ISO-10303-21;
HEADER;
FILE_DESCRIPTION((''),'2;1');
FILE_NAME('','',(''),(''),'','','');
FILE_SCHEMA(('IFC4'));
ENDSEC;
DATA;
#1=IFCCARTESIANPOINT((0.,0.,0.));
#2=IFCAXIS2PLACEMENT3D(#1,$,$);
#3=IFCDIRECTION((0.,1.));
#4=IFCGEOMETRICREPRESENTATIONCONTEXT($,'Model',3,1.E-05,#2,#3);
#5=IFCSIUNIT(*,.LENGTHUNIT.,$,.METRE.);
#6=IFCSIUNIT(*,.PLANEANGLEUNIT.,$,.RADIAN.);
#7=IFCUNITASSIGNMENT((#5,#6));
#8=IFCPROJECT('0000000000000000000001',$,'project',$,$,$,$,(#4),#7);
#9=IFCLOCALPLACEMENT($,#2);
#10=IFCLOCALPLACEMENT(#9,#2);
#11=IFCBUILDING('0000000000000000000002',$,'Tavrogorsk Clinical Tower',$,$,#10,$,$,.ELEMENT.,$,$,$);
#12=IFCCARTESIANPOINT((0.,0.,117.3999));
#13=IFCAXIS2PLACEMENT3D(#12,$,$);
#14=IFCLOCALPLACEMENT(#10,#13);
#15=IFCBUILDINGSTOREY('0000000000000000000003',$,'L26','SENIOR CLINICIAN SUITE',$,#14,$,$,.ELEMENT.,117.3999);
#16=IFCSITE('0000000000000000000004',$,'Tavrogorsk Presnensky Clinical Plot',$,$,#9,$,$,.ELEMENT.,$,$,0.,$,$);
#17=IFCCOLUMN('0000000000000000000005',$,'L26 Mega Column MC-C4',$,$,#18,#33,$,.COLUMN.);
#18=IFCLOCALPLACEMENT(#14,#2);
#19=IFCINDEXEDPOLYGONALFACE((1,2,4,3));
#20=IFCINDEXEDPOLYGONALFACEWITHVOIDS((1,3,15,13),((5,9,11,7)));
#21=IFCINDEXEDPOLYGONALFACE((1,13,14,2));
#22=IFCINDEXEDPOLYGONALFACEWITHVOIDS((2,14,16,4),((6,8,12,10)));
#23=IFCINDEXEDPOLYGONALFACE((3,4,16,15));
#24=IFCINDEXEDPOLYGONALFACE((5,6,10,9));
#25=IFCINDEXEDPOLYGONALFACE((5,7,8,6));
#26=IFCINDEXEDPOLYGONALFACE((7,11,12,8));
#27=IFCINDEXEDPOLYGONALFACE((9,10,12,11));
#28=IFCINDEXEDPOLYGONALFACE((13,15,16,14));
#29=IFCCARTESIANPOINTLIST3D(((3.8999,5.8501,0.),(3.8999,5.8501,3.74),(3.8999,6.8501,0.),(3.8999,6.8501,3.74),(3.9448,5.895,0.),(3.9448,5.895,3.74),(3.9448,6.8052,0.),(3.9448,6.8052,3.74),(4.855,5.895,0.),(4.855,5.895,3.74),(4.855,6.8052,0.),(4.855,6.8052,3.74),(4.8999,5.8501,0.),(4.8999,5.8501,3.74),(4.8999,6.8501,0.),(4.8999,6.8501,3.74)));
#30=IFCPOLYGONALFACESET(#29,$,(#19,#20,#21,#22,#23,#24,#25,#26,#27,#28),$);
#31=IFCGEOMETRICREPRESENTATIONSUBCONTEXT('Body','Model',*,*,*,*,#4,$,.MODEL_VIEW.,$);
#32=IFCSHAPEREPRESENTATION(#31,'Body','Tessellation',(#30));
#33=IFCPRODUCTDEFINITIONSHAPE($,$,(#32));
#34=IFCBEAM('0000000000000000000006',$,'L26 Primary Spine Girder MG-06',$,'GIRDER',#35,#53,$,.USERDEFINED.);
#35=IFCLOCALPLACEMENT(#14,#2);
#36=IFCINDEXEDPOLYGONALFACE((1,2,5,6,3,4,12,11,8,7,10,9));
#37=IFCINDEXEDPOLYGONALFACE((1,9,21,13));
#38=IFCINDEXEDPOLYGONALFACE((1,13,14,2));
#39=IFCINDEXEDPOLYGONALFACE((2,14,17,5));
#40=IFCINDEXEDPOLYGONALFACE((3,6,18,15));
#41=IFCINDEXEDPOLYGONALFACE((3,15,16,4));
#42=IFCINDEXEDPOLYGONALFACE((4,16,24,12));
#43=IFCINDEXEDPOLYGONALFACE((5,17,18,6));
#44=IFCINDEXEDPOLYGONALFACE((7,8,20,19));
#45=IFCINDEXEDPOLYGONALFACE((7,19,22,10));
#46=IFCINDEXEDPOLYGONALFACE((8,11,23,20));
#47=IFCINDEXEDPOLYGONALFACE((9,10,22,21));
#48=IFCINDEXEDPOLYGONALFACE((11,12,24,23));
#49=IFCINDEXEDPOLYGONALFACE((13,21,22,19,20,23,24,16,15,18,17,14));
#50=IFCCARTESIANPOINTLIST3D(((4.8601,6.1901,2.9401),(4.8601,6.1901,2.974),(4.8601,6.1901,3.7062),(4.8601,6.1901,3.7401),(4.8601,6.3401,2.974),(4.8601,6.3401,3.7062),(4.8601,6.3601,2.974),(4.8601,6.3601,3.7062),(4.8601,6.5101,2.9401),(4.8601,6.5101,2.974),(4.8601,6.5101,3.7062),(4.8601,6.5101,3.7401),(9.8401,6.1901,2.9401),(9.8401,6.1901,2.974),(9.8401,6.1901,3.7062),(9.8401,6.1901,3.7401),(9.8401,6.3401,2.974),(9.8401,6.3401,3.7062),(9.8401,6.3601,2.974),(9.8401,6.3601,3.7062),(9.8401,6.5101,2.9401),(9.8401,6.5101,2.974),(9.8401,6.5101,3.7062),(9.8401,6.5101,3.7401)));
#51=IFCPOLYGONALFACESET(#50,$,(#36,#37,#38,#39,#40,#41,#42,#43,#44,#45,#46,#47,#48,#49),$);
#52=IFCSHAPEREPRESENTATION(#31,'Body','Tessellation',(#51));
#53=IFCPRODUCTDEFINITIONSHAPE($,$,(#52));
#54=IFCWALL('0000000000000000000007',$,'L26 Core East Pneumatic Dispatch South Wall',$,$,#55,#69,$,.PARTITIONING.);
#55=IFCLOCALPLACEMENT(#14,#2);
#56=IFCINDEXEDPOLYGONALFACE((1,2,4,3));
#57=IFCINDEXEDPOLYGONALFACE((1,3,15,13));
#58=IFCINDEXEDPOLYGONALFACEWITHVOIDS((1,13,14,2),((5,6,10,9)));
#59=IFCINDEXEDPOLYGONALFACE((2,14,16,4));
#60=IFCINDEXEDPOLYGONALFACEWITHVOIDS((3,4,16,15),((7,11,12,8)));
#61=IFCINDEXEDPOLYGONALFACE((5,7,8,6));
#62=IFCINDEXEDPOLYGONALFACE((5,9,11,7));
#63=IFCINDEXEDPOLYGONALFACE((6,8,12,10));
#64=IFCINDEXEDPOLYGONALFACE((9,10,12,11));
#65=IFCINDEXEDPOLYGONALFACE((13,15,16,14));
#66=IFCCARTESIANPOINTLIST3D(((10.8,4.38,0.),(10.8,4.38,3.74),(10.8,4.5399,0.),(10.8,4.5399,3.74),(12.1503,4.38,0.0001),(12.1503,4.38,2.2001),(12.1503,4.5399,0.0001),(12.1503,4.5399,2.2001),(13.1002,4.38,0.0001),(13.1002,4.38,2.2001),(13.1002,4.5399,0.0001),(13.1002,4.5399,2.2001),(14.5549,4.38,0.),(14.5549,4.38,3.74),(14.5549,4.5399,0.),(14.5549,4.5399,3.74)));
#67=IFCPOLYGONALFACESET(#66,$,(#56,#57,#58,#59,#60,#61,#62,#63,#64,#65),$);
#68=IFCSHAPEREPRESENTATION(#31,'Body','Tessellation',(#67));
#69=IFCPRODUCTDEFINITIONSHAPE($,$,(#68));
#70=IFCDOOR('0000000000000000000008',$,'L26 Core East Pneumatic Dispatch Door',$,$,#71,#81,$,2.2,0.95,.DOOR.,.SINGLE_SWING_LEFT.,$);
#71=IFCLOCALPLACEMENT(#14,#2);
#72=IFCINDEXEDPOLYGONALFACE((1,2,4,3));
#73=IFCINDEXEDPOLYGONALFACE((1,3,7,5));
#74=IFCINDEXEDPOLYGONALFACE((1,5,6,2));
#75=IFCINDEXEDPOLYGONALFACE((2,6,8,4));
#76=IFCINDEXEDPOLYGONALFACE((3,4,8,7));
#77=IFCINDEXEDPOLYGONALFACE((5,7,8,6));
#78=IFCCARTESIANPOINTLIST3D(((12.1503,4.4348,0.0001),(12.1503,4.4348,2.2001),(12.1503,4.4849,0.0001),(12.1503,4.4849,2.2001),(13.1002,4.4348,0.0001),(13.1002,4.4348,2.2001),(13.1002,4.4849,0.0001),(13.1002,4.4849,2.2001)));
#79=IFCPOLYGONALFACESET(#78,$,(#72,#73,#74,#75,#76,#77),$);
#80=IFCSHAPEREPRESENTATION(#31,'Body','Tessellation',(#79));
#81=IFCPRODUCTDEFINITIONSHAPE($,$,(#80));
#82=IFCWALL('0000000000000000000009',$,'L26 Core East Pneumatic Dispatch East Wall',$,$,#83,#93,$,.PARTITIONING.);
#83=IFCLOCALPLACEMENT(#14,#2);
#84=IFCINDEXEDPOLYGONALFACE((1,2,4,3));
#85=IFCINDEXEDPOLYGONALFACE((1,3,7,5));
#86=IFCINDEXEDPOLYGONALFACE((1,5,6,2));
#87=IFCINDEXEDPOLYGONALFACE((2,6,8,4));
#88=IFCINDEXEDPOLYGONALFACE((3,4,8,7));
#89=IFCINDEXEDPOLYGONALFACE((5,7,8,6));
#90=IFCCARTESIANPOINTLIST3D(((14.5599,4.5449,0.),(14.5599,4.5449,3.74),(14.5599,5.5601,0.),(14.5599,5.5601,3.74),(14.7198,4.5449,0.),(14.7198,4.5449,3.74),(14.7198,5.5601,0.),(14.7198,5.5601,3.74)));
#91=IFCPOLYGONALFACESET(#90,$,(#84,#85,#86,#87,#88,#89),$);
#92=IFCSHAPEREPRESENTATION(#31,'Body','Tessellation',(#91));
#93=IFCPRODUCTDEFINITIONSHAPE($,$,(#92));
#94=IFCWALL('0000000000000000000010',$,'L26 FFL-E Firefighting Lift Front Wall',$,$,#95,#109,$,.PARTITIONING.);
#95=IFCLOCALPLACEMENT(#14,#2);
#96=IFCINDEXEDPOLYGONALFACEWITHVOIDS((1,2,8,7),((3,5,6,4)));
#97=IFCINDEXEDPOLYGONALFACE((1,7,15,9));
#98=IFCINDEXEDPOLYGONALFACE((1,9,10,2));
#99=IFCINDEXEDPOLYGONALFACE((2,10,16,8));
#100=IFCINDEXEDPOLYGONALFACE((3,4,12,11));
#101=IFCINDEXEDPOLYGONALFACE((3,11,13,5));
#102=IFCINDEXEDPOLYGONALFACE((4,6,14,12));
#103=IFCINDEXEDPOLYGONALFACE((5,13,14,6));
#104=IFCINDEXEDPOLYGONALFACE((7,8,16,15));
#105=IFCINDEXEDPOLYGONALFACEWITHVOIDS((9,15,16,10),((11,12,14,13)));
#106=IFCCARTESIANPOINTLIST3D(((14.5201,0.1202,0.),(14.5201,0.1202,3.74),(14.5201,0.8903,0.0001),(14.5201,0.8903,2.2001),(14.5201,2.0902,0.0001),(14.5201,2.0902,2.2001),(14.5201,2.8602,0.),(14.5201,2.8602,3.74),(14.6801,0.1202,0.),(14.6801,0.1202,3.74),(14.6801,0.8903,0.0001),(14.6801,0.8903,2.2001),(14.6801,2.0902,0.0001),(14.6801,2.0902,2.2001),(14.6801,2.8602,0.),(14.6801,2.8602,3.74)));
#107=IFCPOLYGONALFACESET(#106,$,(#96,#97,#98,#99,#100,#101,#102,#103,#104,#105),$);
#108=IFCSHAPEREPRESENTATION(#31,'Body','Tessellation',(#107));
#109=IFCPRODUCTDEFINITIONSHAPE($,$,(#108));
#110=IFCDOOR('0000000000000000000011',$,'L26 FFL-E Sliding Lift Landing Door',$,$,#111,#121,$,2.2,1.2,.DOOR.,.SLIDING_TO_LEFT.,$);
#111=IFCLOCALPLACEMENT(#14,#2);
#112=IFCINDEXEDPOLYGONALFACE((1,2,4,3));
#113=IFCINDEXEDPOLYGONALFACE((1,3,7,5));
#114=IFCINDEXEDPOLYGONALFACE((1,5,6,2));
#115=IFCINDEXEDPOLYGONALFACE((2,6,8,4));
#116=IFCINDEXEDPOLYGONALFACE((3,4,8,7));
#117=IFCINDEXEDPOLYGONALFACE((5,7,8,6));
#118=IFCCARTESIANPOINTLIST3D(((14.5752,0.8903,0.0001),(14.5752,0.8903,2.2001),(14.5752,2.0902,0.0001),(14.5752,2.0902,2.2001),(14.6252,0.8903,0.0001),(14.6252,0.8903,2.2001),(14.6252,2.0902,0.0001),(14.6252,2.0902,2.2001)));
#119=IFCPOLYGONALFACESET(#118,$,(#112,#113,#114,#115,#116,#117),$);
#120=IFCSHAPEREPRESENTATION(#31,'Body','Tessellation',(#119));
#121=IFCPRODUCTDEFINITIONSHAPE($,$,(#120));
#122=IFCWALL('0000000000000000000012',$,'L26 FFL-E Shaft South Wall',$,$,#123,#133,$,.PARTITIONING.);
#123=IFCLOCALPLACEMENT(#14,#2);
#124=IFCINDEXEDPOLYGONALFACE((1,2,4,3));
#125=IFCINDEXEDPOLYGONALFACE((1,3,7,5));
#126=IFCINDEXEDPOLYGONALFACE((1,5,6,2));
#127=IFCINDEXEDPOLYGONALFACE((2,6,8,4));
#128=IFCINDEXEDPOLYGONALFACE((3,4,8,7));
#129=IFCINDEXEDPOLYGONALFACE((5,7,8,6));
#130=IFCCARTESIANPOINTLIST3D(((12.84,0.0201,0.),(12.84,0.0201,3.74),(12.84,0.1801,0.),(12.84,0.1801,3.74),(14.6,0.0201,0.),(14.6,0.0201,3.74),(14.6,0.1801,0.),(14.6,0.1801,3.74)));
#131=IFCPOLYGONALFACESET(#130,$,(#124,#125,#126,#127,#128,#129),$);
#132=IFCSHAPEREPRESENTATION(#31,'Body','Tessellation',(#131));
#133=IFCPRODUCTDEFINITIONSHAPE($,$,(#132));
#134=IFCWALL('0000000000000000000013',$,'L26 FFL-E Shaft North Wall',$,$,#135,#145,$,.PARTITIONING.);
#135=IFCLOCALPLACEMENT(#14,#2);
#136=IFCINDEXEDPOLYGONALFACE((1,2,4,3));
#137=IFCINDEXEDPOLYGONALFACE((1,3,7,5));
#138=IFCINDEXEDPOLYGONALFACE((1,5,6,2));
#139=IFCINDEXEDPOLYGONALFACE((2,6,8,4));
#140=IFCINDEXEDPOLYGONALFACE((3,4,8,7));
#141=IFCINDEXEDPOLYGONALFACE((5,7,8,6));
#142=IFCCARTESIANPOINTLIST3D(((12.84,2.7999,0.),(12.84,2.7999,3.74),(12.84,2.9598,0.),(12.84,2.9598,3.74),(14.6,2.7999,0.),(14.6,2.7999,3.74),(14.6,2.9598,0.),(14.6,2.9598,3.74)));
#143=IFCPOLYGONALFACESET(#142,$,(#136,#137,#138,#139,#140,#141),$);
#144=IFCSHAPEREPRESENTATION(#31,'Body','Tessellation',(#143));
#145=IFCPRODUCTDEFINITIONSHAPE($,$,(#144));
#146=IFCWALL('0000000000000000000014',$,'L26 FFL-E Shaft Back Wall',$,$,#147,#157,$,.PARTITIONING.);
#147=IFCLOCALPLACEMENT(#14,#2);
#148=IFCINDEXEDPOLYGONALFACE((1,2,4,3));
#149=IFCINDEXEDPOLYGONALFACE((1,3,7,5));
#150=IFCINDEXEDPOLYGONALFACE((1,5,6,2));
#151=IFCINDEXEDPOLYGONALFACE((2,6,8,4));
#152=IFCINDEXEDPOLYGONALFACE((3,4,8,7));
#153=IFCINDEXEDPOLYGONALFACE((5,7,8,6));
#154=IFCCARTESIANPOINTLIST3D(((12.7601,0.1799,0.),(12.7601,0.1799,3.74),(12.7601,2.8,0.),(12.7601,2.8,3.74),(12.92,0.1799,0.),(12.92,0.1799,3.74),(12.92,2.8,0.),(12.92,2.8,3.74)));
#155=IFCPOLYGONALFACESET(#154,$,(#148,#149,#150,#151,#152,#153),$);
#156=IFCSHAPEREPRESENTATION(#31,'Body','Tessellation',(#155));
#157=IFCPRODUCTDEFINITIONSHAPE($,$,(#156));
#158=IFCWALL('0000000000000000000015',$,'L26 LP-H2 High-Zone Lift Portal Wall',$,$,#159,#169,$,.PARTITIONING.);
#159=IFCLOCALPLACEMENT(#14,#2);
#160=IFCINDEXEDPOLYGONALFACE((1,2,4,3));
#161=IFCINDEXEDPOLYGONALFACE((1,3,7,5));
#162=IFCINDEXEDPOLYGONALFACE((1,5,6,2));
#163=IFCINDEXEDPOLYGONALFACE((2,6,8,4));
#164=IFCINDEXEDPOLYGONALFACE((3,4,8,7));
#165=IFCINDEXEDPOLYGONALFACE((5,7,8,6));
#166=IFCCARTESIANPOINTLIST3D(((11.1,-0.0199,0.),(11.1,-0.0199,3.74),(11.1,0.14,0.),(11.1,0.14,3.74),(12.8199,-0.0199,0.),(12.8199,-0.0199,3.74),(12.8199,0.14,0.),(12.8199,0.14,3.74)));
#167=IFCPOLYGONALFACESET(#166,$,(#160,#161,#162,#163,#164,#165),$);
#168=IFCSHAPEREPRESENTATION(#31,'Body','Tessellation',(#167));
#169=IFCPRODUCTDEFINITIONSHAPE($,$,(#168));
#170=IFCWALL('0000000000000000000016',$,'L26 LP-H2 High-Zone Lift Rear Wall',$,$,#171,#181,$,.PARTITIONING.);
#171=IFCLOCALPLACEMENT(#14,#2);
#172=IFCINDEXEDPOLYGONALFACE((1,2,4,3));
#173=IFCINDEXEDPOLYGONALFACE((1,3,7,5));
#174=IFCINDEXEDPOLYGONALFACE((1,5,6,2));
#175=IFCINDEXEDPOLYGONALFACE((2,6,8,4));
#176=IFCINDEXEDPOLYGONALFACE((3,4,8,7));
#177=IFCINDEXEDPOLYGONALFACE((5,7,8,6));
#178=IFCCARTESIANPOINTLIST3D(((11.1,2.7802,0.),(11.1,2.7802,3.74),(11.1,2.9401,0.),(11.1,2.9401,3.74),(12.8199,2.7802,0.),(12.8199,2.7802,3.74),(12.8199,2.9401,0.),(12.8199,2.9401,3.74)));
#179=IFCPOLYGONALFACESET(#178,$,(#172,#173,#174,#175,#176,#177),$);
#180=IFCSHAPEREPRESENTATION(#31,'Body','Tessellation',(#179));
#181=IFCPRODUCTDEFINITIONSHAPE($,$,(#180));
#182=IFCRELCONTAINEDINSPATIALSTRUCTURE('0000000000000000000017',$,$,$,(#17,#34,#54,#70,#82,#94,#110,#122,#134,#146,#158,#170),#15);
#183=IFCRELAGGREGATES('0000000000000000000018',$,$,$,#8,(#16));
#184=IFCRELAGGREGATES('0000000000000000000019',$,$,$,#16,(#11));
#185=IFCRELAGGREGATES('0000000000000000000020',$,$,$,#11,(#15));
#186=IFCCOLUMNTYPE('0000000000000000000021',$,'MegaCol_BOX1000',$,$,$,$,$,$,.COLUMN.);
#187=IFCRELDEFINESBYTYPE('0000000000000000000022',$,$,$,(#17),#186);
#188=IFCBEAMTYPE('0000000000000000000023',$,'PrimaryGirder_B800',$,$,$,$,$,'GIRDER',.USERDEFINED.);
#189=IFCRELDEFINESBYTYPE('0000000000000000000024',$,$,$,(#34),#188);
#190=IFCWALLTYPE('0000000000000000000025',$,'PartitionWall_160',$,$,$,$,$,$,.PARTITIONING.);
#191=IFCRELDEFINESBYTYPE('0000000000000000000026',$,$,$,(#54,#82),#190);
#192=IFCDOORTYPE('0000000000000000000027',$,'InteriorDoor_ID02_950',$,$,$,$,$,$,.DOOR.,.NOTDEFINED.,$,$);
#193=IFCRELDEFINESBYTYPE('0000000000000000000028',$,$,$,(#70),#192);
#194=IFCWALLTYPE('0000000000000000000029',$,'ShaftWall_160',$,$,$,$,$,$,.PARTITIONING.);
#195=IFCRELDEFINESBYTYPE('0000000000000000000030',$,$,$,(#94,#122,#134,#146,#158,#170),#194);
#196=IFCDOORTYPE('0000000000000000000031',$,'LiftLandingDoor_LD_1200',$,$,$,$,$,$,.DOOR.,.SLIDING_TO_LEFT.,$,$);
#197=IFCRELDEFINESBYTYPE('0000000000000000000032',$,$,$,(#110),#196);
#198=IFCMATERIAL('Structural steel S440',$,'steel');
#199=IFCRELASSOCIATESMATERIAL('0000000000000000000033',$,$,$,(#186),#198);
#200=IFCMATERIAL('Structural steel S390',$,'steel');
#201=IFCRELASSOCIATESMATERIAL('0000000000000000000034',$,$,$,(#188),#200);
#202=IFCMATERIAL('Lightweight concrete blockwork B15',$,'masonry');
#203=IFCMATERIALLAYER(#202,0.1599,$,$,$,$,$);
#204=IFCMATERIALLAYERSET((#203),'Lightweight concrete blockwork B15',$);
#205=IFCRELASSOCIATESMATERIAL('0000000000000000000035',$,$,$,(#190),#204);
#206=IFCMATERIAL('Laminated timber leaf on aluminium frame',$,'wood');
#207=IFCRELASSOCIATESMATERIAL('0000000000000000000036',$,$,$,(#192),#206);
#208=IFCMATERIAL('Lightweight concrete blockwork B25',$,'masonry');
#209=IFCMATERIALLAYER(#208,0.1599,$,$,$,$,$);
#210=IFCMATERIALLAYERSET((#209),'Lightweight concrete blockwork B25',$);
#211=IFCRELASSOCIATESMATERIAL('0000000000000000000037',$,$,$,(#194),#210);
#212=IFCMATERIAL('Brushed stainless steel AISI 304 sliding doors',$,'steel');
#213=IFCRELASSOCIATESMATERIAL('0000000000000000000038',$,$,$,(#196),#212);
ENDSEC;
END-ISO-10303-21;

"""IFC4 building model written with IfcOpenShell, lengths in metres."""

from ifc_helpers import new_model, si_unit, direction, frame, frame_2d, origin, origin_2d, place, context, subcontext, project, spatial, rectangle, hollow_rectangle, i_section, extrude, material, layer, layer_set, material_profile, profile_set, type_object, element, fill, save


model = new_model("IFC4")

# Units and contexts
model_context = context("Model", 3, precision=1e-05, world=origin(), true_north=direction((0.0, 1.0)))
body_context = subcontext(model_context, "Body", "Model", "MODEL_VIEW")
ifc_project = project(units=[si_unit("LENGTHUNIT", "METRE"), si_unit("PLANEANGLEUNIT", "RADIAN")], contexts=[model_context])

# Site, building, storey
site_placement = place(None, origin())
site = spatial("IfcSite", under=ifc_project, at=site_placement, Name="Tavrogorsk Presnensky Clinical Plot", CompositionType="ELEMENT", RefElevation=0.0)
building_placement = place(site_placement, origin())
building = spatial("IfcBuilding", under=site, at=building_placement, Name="Tavrogorsk Clinical Tower", CompositionType="ELEMENT")
storey_placement = place(building_placement, frame((0.0, 0.0, 117.3999)))
storey = spatial("IfcBuildingStorey", under=building, at=storey_placement, Name="L26", Description="SENIOR CLINICIAN SUITE", CompositionType="ELEMENT", Elevation=117.3999)

# Column
ifc_material_1 = material(Name="Structural steel S440", Category="steel")
ifc_material_profile_1 = material_profile(ifc_material_1, hollow_rectangle(XDim=1.0, YDim=1.0, WallThickness=0.0449, at=origin_2d()), Name="BOX-1000x1000x45")
ifc_profile_set_1 = profile_set([ifc_material_profile_1], Name="Structural steel S440")
column_type = type_object("IfcColumnType", Name="MegaCol_BOX1000", PredefinedType="COLUMN", material=ifc_profile_set_1)
column_placement = place(storey_placement, frame((4.3999, 6.3501, 0.0), z_axis=(0.0, 0.0, 1.0), x_axis=(1.0, 0.0, 0.0)))
element("IfcColumn", 1, at=column_placement, inside=storey, type_object=column_type, Name="L26 Mega Column MC-C4", PredefinedType="COLUMN", context=body_context, shape_type="SweptSolid", body=[
    extrude(hollow_rectangle(XDim=1.0, YDim=1.0, WallThickness=0.0449, at=origin_2d()), origin(), (0.0, 0.0, 1.0), 3.74),
])

# Beam
ifc_material_2 = material(Name="Structural steel S390", Category="steel")
ifc_material_profile_2 = material_profile(ifc_material_2, i_section(OverallWidth=0.3201, OverallDepth=0.8, WebThickness=0.02, FlangeThickness=0.0339, at=origin_2d()), Name="B-800x320x20x34")
ifc_profile_set_2 = profile_set([ifc_material_profile_2], Name="Structural steel S390")
beam_type = type_object("IfcBeamType", Name="PrimaryGirder_B800", ElementType="GIRDER", PredefinedType="USERDEFINED", material=ifc_profile_set_2)
beam_placement = place(storey_placement, frame((4.8601, 6.3501, 3.3401), z_axis=(1.0, 0.0, 0.0), x_axis=(0.0, 1.0, 0.0)))
element("IfcBeam", 2, at=beam_placement, inside=storey, type_object=beam_type, Name="L26 Primary Spine Girder MG-06", ObjectType="GIRDER", PredefinedType="USERDEFINED", context=body_context, shape_type="SweptSolid", body=[
    extrude(i_section(OverallWidth=0.3201, OverallDepth=0.8, WebThickness=0.02, FlangeThickness=0.0339, at=origin_2d()), origin(), (0.0, 0.0, 1.0), 4.98),
])

# Wall, opening, door
ifc_material_3 = material(Name="Lightweight concrete blockwork B15", Category="masonry")
ifc_layer_1 = layer(ifc_material_3, 0.1599)
ifc_layer_set_1 = layer_set([ifc_layer_1], Name="Lightweight concrete blockwork B15")
wall_type_1 = type_object("IfcWallType", Name="PartitionWall_160", PredefinedType="PARTITIONING", material=ifc_layer_set_1)
wall_1_placement = place(storey_placement, frame((10.8, 4.46, 0.0), z_axis=(0.0, 0.0, 1.0), x_axis=(1.0, 0.0, 0.0)))
wall_1 = element("IfcWall", 3, at=wall_1_placement, inside=storey, type_object=wall_type_1, Name="L26 Core East Pneumatic Dispatch South Wall", PredefinedType="PARTITIONING", context=body_context, shape_type="SweptSolid", body=[
    extrude(rectangle(XDim=3.7549, YDim=0.1599, at=frame_2d((1.8774, 0.0))), origin(), (0.0, 0.0, 1.0), 3.74),
])
opening_1_placement = place(wall_1_placement, frame((1.3501, 0.0, 0.0)))
opening_1 = element("IfcOpeningElement", 4, at=opening_1_placement, cuts=wall_1, PredefinedType="OPENING", context=body_context, shape_type="SweptSolid", body=[
    extrude(rectangle(XDim=0.95, YDim=2.2, at=frame_2d((0.4751, 1.1001))), frame((0.0, 0.0898, 0.0), z_axis=(0.0, -1.0, 0.0), x_axis=(1.0, 0.0, 0.0)), (0.0, 0.0, 1.0), 0.1799),
])
ifc_material_4 = material(Name="Laminated timber leaf on aluminium frame", Category="wood")
door_type_1 = type_object("IfcDoorType", Name="InteriorDoor_ID02_950", OperationType="NOTDEFINED", PredefinedType="DOOR", material=ifc_material_4)
door_1_placement = place(opening_1_placement, origin())
door_1 = element("IfcDoor", 5, at=door_1_placement, inside=storey, type_object=door_type_1, Name="L26 Core East Pneumatic Dispatch Door", OperationType="SINGLE_SWING_LEFT", OverallHeight=2.2, OverallWidth=0.95, PredefinedType="DOOR", context=body_context, shape_type="SweptSolid", body=[
    extrude(rectangle(XDim=0.95, YDim=2.2, at=frame_2d((0.4751, 1.1001))), frame((0.0, 0.0249, 0.0), z_axis=(0.0, -1.0, 0.0), x_axis=(1.0, 0.0, 0.0)), (0.0, 0.0, 1.0), 0.05),
])
fill(opening_1, door_1)

# Wall
wall_2_placement = place(storey_placement, frame((14.6399, 4.5449, 0.0), z_axis=(0.0, 0.0, 1.0), x_axis=(0.0, 1.0, 0.0)))
element("IfcWall", 6, at=wall_2_placement, inside=storey, type_object=wall_type_1, Name="L26 Core East Pneumatic Dispatch East Wall", PredefinedType="PARTITIONING", context=body_context, shape_type="SweptSolid", body=[
    extrude(rectangle(XDim=1.0151, YDim=0.1599, at=frame_2d((0.5076, 0.0))), origin(), (0.0, 0.0, 1.0), 3.74),
])

# Wall, opening, door
ifc_material_5 = material(Name="Lightweight concrete blockwork B25", Category="masonry")
ifc_layer_2 = layer(ifc_material_5, 0.1599)
ifc_layer_set_2 = layer_set([ifc_layer_2], Name="Lightweight concrete blockwork B25")
wall_type_2 = type_object("IfcWallType", Name="ShaftWall_160", PredefinedType="PARTITIONING", material=ifc_layer_set_2)
wall_3_placement = place(storey_placement, frame((14.6001, 0.1201, 0.0), z_axis=(0.0, 0.0, 1.0), x_axis=(0.0, 1.0, 0.0)))
wall_3 = element("IfcWall", 7, at=wall_3_placement, inside=storey, type_object=wall_type_2, Name="L26 FFL-E Firefighting Lift Front Wall", PredefinedType="PARTITIONING", context=body_context, shape_type="SweptSolid", body=[
    extrude(rectangle(XDim=2.74, YDim=0.1599, at=frame_2d((1.3701, 0.0))), origin(), (0.0, 0.0, 1.0), 3.74),
])
opening_2_placement = place(wall_3_placement, frame((0.77, 0.0, 0.0)))
opening_2 = element("IfcOpeningElement", 8, at=opening_2_placement, cuts=wall_3, PredefinedType="OPENING", context=body_context, shape_type="SweptSolid", body=[
    extrude(rectangle(XDim=1.2, YDim=2.2, at=frame_2d((0.6001, 1.1001))), frame((0.0, 0.0898, 0.0), z_axis=(0.0, -1.0, 0.0), x_axis=(1.0, 0.0, 0.0)), (0.0, 0.0, 1.0), 0.1799),
])
ifc_material_6 = material(Name="Brushed stainless steel AISI 304 sliding doors", Category="steel")
door_type_2 = type_object("IfcDoorType", Name="LiftLandingDoor_LD_1200", OperationType="SLIDING_TO_LEFT", PredefinedType="DOOR", material=ifc_material_6)
door_2_placement = place(opening_2_placement, origin())
door_2 = element("IfcDoor", 9, at=door_2_placement, inside=storey, type_object=door_type_2, Name="L26 FFL-E Sliding Lift Landing Door", OperationType="SLIDING_TO_LEFT", OverallHeight=2.2, OverallWidth=1.2, PredefinedType="DOOR", context=body_context, shape_type="SweptSolid", body=[
    extrude(rectangle(XDim=1.2, YDim=2.2, at=frame_2d((0.6001, 1.1001))), frame((0.0, 0.0249, 0.0), z_axis=(0.0, -1.0, 0.0), x_axis=(1.0, 0.0, 0.0)), (0.0, 0.0, 1.0), 0.05),
])
fill(opening_2, door_2)

# Walls
for number, where, z_axis, x_axis, name in (
    (10, (12.8401, 0.1001, 0.0), (0.0, 0.0, 1.0), (1.0, 0.0, 0.0), "L26 FFL-E Shaft South Wall"),
    (11, (12.8401, 2.8799, 0.0), (0.0, 0.0, 1.0), (1.0, 0.0, 0.0), "L26 FFL-E Shaft North Wall"),
):
    element("IfcWall", number, at=place(storey_placement, frame(where, z_axis=z_axis, x_axis=x_axis)), inside=storey, type_object=wall_type_2, Name=name, PredefinedType="PARTITIONING", context=body_context, shape_type="SweptSolid", body=[
        extrude(rectangle(XDim=1.76, YDim=0.1599, at=frame_2d((0.8799, 0.0))), origin(), (0.0, 0.0, 1.0), 3.74),
    ])
wall_4_placement = place(storey_placement, frame((12.8401, 0.1799, 0.0), z_axis=(0.0, 0.0, 1.0), x_axis=(0.0, 1.0, 0.0)))
element("IfcWall", 12, at=wall_4_placement, inside=storey, type_object=wall_type_2, Name="L26 FFL-E Shaft Back Wall", PredefinedType="PARTITIONING", context=body_context, shape_type="SweptSolid", body=[
    extrude(rectangle(XDim=2.6201, YDim=0.1599, at=frame_2d((1.3101, 0.0))), origin(), (0.0, 0.0, 1.0), 3.74),
])
for number, where, z_axis, x_axis, name in (
    (13, (11.1001, 0.0601, 0.0), (0.0, 0.0, 1.0), (1.0, 0.0, 0.0), "L26 LP-H2 High-Zone Lift Portal Wall"),
    (14, (11.1001, 2.8601, 0.0), (0.0, 0.0, 1.0), (1.0, 0.0, 0.0), "L26 LP-H2 High-Zone Lift Rear Wall"),
):
    element("IfcWall", number, at=place(storey_placement, frame(where, z_axis=z_axis, x_axis=x_axis)), inside=storey, type_object=wall_type_2, Name=name, PredefinedType="PARTITIONING", context=body_context, shape_type="SweptSolid", body=[
        extrude(rectangle(XDim=1.72, YDim=0.1599, at=frame_2d((0.8599, 0.0))), origin(), (0.0, 0.0, 1.0), 3.74),
    ])

save(model, "model.ifc")
